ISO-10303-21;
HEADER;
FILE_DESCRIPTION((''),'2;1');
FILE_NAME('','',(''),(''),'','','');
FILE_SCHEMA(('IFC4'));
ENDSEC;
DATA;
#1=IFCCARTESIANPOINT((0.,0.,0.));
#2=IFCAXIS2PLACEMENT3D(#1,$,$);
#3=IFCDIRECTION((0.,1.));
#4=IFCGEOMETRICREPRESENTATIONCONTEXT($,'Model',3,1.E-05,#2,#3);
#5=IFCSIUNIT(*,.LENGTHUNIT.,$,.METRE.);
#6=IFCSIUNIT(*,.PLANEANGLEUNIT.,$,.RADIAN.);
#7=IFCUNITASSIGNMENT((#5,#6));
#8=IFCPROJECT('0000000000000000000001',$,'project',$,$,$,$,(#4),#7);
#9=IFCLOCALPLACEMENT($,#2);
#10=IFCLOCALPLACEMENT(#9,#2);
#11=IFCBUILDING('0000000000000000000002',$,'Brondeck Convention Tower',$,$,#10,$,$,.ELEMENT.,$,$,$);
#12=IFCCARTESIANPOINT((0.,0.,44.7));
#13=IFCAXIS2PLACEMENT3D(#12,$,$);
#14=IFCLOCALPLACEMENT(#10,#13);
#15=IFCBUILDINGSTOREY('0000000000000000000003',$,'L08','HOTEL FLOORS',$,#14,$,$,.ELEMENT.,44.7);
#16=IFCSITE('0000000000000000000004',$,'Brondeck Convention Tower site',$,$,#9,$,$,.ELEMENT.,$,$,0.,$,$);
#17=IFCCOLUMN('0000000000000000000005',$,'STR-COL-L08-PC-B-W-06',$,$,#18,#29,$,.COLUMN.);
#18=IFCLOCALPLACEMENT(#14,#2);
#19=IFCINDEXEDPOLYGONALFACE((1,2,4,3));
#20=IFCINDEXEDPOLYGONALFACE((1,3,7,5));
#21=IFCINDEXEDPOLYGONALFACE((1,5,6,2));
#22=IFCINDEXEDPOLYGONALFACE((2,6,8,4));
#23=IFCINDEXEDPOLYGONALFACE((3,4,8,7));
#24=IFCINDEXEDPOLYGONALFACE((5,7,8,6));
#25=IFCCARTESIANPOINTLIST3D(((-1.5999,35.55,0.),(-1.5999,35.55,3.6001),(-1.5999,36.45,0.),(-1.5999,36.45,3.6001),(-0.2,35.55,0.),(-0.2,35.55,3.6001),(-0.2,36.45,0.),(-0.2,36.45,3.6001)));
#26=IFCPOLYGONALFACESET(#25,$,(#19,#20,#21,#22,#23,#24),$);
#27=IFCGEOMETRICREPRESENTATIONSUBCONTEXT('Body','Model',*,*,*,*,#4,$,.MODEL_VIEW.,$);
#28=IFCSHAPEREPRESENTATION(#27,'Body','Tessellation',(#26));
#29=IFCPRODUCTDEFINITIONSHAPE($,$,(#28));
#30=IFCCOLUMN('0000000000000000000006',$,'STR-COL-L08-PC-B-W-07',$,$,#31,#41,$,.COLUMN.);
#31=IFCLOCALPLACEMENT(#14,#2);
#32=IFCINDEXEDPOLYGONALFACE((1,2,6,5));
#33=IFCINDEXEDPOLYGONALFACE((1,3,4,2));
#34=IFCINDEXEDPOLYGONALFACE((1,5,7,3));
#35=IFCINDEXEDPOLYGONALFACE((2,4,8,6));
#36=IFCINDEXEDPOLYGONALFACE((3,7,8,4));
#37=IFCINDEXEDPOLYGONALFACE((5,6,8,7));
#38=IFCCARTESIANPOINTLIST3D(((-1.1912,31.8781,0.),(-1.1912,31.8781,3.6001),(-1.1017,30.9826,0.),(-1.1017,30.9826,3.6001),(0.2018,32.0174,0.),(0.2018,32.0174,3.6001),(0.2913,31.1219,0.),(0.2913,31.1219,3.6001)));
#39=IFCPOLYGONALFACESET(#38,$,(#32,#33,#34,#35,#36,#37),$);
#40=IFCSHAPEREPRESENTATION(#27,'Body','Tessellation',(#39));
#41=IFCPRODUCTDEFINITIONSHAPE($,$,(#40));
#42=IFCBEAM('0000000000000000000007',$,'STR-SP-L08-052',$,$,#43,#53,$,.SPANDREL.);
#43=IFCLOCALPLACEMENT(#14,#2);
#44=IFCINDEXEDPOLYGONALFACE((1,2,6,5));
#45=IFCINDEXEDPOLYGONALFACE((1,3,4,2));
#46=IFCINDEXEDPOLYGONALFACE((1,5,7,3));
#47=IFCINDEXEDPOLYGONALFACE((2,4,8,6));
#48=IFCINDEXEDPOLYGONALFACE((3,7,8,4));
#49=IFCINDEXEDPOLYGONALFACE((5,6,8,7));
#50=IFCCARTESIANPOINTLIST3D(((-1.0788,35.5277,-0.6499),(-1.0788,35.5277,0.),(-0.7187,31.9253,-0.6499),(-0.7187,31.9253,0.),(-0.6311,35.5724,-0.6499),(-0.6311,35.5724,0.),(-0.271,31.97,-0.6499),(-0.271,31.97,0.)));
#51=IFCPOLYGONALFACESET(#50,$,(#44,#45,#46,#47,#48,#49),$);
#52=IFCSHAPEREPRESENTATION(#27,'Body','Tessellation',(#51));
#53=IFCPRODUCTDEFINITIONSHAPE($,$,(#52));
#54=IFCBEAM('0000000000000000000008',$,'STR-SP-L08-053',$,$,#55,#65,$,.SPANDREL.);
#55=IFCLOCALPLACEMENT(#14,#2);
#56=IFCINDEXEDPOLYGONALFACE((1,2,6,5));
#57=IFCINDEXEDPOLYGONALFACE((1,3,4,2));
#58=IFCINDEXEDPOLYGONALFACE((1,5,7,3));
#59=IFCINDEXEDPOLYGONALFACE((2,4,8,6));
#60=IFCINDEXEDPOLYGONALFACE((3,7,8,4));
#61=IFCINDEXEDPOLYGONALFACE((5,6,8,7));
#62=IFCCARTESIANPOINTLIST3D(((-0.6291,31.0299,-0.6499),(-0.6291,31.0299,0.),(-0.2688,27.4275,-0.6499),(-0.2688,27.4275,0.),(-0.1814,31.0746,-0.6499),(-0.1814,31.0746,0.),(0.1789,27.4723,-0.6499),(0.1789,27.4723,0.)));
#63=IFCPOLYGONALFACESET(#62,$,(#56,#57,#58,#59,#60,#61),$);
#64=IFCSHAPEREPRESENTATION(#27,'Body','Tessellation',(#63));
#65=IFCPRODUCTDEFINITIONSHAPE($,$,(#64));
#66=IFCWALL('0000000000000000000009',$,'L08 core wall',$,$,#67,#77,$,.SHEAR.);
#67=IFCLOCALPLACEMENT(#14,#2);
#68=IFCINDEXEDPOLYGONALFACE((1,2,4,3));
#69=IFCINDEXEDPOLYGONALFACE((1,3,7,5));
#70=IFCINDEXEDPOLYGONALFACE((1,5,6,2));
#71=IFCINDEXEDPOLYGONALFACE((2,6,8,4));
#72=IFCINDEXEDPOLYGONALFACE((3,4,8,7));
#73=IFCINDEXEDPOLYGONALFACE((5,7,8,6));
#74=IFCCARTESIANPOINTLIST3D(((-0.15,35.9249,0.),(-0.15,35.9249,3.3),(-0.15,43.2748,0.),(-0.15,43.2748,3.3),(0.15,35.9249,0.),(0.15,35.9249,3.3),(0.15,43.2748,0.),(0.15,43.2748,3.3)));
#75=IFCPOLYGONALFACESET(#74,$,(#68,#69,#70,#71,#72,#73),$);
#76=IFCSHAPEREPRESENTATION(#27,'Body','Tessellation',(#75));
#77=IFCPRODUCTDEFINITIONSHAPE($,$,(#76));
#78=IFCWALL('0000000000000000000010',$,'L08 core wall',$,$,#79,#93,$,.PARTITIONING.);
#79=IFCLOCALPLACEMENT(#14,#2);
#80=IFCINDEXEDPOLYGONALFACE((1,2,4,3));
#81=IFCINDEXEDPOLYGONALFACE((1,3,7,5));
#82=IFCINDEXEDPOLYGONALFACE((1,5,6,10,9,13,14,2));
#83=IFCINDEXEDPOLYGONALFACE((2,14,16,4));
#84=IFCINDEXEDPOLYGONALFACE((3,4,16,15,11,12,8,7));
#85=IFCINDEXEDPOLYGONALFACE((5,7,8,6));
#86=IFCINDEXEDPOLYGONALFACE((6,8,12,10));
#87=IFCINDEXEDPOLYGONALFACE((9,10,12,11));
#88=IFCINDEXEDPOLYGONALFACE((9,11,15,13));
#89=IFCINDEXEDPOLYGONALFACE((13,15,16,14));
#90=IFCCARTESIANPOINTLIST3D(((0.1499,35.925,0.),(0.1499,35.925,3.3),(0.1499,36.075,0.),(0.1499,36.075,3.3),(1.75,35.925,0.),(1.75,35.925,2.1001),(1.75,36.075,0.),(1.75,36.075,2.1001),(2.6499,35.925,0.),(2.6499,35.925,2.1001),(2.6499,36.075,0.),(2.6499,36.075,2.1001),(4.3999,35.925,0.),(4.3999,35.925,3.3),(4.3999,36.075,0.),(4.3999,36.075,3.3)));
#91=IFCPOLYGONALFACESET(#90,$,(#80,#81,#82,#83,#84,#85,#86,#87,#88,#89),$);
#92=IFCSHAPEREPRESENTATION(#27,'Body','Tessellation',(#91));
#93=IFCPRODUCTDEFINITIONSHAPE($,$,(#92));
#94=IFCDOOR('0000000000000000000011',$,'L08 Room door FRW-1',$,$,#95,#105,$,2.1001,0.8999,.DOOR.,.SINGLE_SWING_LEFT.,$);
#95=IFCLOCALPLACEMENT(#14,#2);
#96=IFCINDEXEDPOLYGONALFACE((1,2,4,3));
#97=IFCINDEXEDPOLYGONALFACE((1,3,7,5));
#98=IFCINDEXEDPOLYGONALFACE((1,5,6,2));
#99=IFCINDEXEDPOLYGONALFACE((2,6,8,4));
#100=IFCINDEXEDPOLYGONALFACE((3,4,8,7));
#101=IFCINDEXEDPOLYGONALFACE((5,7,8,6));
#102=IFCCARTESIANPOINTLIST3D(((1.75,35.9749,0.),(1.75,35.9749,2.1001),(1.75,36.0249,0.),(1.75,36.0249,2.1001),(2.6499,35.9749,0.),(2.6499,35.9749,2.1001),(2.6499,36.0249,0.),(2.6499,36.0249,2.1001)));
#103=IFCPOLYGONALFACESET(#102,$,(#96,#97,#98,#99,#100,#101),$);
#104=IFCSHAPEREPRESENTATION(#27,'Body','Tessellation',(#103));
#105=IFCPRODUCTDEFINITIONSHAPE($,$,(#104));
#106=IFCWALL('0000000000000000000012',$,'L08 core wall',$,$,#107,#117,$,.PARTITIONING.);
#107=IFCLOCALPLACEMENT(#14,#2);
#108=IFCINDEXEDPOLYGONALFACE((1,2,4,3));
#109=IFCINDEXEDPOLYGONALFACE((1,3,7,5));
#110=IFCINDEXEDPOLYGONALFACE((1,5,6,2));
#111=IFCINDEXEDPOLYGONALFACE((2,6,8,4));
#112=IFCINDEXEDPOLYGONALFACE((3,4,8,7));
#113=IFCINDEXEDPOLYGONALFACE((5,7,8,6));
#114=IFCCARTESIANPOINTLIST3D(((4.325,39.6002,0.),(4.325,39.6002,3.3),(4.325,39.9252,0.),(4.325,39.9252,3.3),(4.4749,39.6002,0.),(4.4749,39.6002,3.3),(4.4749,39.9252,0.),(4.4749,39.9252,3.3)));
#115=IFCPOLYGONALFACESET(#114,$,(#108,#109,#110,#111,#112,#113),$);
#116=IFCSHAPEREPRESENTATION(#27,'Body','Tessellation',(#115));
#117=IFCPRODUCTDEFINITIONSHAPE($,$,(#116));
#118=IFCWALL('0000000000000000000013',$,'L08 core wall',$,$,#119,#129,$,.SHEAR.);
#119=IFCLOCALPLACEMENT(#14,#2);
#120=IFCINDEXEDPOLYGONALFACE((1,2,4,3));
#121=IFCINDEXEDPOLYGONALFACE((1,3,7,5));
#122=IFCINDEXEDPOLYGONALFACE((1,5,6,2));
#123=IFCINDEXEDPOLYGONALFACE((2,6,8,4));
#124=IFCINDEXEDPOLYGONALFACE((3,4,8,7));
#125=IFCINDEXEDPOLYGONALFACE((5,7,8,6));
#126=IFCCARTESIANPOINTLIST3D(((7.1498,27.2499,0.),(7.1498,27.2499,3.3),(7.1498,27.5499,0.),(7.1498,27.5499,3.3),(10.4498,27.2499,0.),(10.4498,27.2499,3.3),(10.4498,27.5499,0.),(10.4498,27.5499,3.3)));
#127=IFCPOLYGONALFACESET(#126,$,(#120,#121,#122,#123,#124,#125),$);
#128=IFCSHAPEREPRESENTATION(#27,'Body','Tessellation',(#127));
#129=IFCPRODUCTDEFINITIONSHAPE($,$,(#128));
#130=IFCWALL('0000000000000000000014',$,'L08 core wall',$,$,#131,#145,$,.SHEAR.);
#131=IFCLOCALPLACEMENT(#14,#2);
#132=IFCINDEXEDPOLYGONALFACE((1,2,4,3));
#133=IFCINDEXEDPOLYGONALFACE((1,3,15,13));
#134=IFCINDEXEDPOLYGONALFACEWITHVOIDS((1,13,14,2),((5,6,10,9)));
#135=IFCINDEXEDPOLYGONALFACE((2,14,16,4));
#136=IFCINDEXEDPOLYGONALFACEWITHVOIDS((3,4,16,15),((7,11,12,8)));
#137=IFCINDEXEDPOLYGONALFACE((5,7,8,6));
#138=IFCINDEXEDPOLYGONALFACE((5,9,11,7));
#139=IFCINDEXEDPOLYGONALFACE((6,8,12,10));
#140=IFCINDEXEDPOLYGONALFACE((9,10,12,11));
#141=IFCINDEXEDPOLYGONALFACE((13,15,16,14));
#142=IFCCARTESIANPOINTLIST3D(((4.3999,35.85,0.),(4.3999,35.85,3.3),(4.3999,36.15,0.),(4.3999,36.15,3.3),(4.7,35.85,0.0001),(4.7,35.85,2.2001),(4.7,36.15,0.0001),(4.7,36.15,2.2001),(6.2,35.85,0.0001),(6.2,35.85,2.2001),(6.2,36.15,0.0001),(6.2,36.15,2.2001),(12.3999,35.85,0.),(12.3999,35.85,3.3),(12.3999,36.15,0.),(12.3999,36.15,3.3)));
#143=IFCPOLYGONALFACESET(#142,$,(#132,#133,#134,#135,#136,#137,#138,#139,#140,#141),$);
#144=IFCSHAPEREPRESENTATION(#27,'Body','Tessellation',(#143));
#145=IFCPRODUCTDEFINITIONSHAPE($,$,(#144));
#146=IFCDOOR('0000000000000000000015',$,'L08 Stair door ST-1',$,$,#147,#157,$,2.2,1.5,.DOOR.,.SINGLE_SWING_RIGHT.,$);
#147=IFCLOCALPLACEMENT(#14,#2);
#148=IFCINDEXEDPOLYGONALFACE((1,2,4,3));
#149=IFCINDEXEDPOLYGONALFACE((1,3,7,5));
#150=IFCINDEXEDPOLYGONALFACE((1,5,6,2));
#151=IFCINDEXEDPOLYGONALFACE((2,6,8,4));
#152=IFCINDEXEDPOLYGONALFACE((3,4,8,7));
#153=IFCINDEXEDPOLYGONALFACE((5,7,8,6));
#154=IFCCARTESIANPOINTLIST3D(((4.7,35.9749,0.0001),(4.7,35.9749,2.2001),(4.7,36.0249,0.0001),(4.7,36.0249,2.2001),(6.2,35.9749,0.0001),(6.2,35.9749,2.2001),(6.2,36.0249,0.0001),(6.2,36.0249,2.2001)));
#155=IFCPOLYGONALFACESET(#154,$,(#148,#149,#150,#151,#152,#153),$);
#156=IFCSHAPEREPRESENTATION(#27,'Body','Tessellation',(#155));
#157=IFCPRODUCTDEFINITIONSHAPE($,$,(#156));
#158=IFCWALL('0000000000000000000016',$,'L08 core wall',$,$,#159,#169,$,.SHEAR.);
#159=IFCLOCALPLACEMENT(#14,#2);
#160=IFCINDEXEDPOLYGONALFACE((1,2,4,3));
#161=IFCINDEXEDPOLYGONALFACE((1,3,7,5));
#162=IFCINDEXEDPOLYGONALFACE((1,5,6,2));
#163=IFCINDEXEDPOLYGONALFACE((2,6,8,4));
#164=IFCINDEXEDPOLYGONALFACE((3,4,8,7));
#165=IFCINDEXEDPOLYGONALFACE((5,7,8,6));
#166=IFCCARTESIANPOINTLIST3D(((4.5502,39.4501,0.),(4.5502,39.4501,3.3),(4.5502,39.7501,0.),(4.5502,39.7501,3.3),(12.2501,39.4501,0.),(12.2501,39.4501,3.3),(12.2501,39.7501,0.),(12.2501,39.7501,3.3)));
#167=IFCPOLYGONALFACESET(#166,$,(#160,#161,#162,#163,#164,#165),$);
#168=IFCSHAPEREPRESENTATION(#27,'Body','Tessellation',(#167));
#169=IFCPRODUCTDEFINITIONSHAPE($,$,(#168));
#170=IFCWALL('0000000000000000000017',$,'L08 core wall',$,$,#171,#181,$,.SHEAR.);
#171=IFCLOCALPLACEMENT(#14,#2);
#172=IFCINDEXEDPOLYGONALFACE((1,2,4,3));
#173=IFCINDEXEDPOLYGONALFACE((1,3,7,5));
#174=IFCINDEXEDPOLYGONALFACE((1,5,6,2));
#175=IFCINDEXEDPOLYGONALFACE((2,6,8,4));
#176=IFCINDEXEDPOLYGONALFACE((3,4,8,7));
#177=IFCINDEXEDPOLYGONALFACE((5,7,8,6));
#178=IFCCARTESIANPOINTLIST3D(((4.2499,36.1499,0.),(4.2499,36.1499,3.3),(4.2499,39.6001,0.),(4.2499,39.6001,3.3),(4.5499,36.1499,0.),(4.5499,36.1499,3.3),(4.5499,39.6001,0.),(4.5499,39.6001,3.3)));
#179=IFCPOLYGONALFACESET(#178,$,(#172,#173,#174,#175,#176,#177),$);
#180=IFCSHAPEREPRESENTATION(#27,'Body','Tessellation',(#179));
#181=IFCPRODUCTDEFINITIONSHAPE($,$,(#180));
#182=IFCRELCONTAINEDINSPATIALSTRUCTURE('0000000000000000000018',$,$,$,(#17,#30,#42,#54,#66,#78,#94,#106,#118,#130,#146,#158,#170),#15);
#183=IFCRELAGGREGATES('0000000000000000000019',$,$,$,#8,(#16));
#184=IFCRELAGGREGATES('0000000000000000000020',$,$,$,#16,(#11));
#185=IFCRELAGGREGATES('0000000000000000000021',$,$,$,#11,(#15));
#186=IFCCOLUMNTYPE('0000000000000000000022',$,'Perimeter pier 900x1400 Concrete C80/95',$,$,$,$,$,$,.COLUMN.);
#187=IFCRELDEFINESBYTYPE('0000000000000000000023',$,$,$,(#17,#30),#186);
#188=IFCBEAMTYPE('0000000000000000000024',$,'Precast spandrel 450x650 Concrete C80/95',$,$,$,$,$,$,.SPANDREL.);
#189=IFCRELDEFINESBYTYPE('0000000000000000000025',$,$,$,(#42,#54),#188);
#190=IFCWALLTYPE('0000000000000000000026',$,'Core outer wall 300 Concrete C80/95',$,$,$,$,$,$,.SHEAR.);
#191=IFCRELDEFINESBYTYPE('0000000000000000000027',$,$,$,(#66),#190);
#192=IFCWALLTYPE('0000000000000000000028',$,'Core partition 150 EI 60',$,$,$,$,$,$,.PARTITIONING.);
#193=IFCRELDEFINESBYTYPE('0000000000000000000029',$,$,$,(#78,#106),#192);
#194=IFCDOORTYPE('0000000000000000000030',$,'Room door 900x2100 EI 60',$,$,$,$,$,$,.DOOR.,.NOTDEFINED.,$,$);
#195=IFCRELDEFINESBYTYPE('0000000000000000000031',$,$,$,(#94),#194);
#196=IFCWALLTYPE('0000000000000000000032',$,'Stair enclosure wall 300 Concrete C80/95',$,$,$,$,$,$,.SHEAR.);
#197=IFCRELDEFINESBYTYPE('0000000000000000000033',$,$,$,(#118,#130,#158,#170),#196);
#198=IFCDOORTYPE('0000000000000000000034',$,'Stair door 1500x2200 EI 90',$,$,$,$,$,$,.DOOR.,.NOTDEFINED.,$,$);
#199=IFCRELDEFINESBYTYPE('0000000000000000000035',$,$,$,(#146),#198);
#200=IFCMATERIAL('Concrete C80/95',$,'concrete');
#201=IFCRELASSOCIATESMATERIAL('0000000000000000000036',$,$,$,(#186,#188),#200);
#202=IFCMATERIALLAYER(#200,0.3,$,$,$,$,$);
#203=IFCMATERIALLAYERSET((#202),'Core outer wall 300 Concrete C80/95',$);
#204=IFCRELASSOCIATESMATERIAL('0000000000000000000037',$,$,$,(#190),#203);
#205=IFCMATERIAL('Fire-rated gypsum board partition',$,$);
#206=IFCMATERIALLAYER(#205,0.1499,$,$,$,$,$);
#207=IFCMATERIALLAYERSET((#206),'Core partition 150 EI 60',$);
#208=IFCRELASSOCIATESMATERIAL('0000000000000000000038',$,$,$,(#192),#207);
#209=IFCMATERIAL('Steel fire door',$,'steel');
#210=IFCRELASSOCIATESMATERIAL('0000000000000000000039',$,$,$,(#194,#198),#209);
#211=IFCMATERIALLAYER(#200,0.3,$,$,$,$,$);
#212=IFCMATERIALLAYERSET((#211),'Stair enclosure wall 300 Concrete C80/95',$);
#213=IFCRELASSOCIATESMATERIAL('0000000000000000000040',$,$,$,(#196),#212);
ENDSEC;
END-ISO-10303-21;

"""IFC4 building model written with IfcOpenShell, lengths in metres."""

from ifc_helpers import new_model, si_unit, direction, frame, frame_2d, origin, origin_2d, place, context, subcontext, project, spatial, rectangle, extrude, material, layer, layer_set, material_profile, profile_set, type_object, element, fill, save


model = new_model("IFC4")

# Units and contexts
model_context = context("Model", 3, precision=1e-05, world=origin(), true_north=direction((0.0, 1.0)))
body_context = subcontext(model_context, "Body", "Model", "MODEL_VIEW")
ifc_project = project(units=[si_unit("LENGTHUNIT", "METRE"), si_unit("PLANEANGLEUNIT", "RADIAN")], contexts=[model_context])

# Site, building, storey
site_placement = place(None, origin())
site = spatial("IfcSite", under=ifc_project, at=site_placement, Name="Brondeck Convention Tower site", CompositionType="ELEMENT", RefElevation=0.0)
building_placement = place(site_placement, origin())
building = spatial("IfcBuilding", under=site, at=building_placement, Name="Brondeck Convention Tower", CompositionType="ELEMENT")
storey_placement = place(building_placement, frame((0.0, 0.0, 44.7)))
storey = spatial("IfcBuildingStorey", under=building, at=storey_placement, Name="L08", Description="HOTEL FLOORS", CompositionType="ELEMENT", Elevation=44.7)

# Columns
ifc_material_1 = material(Name="Concrete C80/95", Category="concrete")
ifc_material_profile_1 = material_profile(ifc_material_1, rectangle(XDim=0.8999, YDim=1.3999, at=origin_2d()), Name="Perimeter pier 900x1400 Concrete C80/95")
ifc_profile_set_1 = profile_set([ifc_material_profile_1], Name="Concrete C80/95")
column_type = type_object("IfcColumnType", Name="Perimeter pier 900x1400 Concrete C80/95", PredefinedType="COLUMN", material=ifc_profile_set_1)
for number, where, z_axis, x_axis, name in (
    (1, (-0.8999, 36.0, 0.0), (0.0, 0.0, 1.0), (0.0, -1.0, 0.0), "STR-COL-L08-PC-B-W-06"),
    (2, (-0.45, 31.5, 0.0), (0.0, 0.0, 1.0), (0.099504, -0.995037, 0.0), "STR-COL-L08-PC-B-W-07"),
):
    element("IfcColumn", number, at=place(storey_placement, frame(where, z_axis=z_axis, x_axis=x_axis)), inside=storey, type_object=column_type, Name=name, PredefinedType="COLUMN", context=body_context, shape_type="SweptSolid", body=[
        extrude(rectangle(XDim=0.8999, YDim=1.3999, at=origin_2d()), origin(), (0.0, 0.0, 1.0), 3.6001),
    ])

# Beams
ifc_material_profile_2 = material_profile(ifc_material_1, rectangle(XDim=0.45, YDim=0.6499, at=origin_2d()), Name="Precast spandrel 450x650 Concrete C80/95")
ifc_profile_set_2 = profile_set([ifc_material_profile_2], Name="Concrete C80/95")
beam_type = type_object("IfcBeamType", Name="Precast spandrel 450x650 Concrete C80/95", PredefinedType="SPANDREL", material=ifc_profile_set_2)
for number, where, z_axis, x_axis, name in (
    (3, (-0.855, 35.55, -0.325), (0.09947, -0.995041, 0.0), (0.995041, 0.09947, 0.0), "STR-SP-L08-052"),
    (4, (-0.4053, 31.0522, -0.325), (0.099537, -0.995034, 0.0), (0.995034, 0.099537, 0.0), "STR-SP-L08-053"),
):
    element("IfcBeam", number, at=place(storey_placement, frame(where, z_axis=z_axis, x_axis=x_axis)), inside=storey, type_object=beam_type, Name=name, PredefinedType="SPANDREL", context=body_context, shape_type="SweptSolid", body=[
        extrude(rectangle(XDim=0.45, YDim=0.6499, at=origin_2d()), origin(), (0.0, 0.0, 1.0), 3.6204),
    ])

# Wall
ifc_layer_1 = layer(ifc_material_1, 0.3)
ifc_layer_set_1 = layer_set([ifc_layer_1], Name="Core outer wall 300 Concrete C80/95")
wall_type_1 = type_object("IfcWallType", Name="Core outer wall 300 Concrete C80/95", PredefinedType="SHEAR", material=ifc_layer_set_1)
wall_1_placement = place(storey_placement, frame((0.0, 35.925, 0.0), z_axis=(0.0, 0.0, 1.0), x_axis=(0.0, 1.0, 0.0)))
element("IfcWall", 5, at=wall_1_placement, inside=storey, type_object=wall_type_1, Name="L08 core wall", PredefinedType="SHEAR", context=body_context, shape_type="SweptSolid", body=[
    extrude(rectangle(XDim=7.3499, YDim=0.3, at=frame_2d((3.6748, 0.0))), origin(), (0.0, 0.0, 1.0), 3.3),
])

# Wall, opening, door
ifc_material_2 = material(Name="Fire-rated gypsum board partition")
ifc_layer_2 = layer(ifc_material_2, 0.1499)
ifc_layer_set_2 = layer_set([ifc_layer_2], Name="Core partition 150 EI 60")
wall_type_2 = type_object("IfcWallType", Name="Core partition 150 EI 60", PredefinedType="PARTITIONING", material=ifc_layer_set_2)
wall_2_placement = place(storey_placement, frame((0.1499, 36.0, 0.0), z_axis=(0.0, 0.0, 1.0), x_axis=(1.0, 0.0, 0.0)))
wall_2 = element("IfcWall", 6, at=wall_2_placement, inside=storey, type_object=wall_type_2, Name="L08 core wall", PredefinedType="PARTITIONING", context=body_context, shape_type="SweptSolid", body=[
    extrude(rectangle(XDim=4.25, YDim=0.1499, at=frame_2d((2.125, 0.0))), origin(), (0.0, 0.0, 1.0), 3.3),
])
opening_1_placement = place(wall_2_placement, frame((1.6001, 0.0, 0.0)))
opening_1 = element("IfcOpeningElement", 7, at=opening_1_placement, cuts=wall_2, PredefinedType="OPENING", context=body_context, shape_type="SweptSolid", body=[
    extrude(rectangle(XDim=0.8999, YDim=2.1001, at=frame_2d((0.45, 1.05))), frame((0.0, 0.085, 0.0), z_axis=(0.0, -1.0, 0.0), x_axis=(1.0, 0.0, 0.0)), (0.0, 0.0, 1.0), 0.1699),
])
ifc_material_3 = material(Name="Steel fire door", Category="steel")
door_type_1 = type_object("IfcDoorType", Name="Room door 900x2100 EI 60", OperationType="NOTDEFINED", PredefinedType="DOOR", material=ifc_material_3)
door_1_placement = place(opening_1_placement, origin())
door_1 = element("IfcDoor", 8, at=door_1_placement, inside=storey, type_object=door_type_1, Name="L08 Room door FRW-1", OperationType="SINGLE_SWING_LEFT", OverallHeight=2.1001, OverallWidth=0.8999, PredefinedType="DOOR", context=body_context, shape_type="SweptSolid", body=[
    extrude(rectangle(XDim=0.8999, YDim=2.1001, at=frame_2d((0.45, 1.05))), frame((0.0, 0.0249, 0.0), z_axis=(0.0, -1.0, 0.0), x_axis=(1.0, 0.0, 0.0)), (0.0, 0.0, 1.0), 0.05),
])
fill(opening_1, door_1)

# Walls
wall_3_placement = place(storey_placement, frame((4.3999, 39.6001, 0.0), z_axis=(0.0, 0.0, 1.0), x_axis=(0.0, 1.0, 0.0)))
element("IfcWall", 9, at=wall_3_placement, inside=storey, type_object=wall_type_2, Name="L08 core wall", PredefinedType="PARTITIONING", context=body_context, shape_type="SweptSolid", body=[
    extrude(rectangle(XDim=0.325, YDim=0.1499, at=frame_2d((0.1626, 0.0))), origin(), (0.0, 0.0, 1.0), 3.3),
])
ifc_layer_3 = layer(ifc_material_1, 0.3)
ifc_layer_set_3 = layer_set([ifc_layer_3], Name="Stair enclosure wall 300 Concrete C80/95")
wall_type_3 = type_object("IfcWallType", Name="Stair enclosure wall 300 Concrete C80/95", PredefinedType="SHEAR", material=ifc_layer_set_3)
wall_4_placement = place(storey_placement, frame((7.1499, 27.3999, 0.0), z_axis=(0.0, 0.0, 1.0), x_axis=(1.0, 0.0, 0.0)))
element("IfcWall", 10, at=wall_4_placement, inside=storey, type_object=wall_type_3, Name="L08 core wall", PredefinedType="SHEAR", context=body_context, shape_type="SweptSolid", body=[
    extrude(rectangle(XDim=3.3, YDim=0.3, at=frame_2d((1.6499, 0.0))), origin(), (0.0, 0.0, 1.0), 3.3),
])

# Wall, opening, door
wall_5_placement = place(storey_placement, frame((4.3999, 36.0, 0.0), z_axis=(0.0, 0.0, 1.0), x_axis=(1.0, 0.0, 0.0)))
wall_5 = element("IfcWall", 11, at=wall_5_placement, inside=storey, type_object=wall_type_3, Name="L08 core wall", PredefinedType="SHEAR", context=body_context, shape_type="SweptSolid", body=[
    extrude(rectangle(XDim=8.0, YDim=0.3, at=frame_2d((4.0, 0.0))), origin(), (0.0, 0.0, 1.0), 3.3),
])
opening_2_placement = place(wall_5_placement, frame((0.3, 0.0, 0.0)))
opening_2 = element("IfcOpeningElement", 12, at=opening_2_placement, cuts=wall_5, PredefinedType="OPENING", context=body_context, shape_type="SweptSolid", body=[
    extrude(rectangle(XDim=1.5, YDim=2.2, at=frame_2d((0.75, 1.1001))), frame((0.0, 0.1599, 0.0), z_axis=(0.0, -1.0, 0.0), x_axis=(1.0, 0.0, 0.0)), (0.0, 0.0, 1.0), 0.3201),
])
door_type_2 = type_object("IfcDoorType", Name="Stair door 1500x2200 EI 90", OperationType="NOTDEFINED", PredefinedType="DOOR", material=ifc_material_3)
door_2_placement = place(opening_2_placement, origin())
door_2 = element("IfcDoor", 13, at=door_2_placement, inside=storey, type_object=door_type_2, Name="L08 Stair door ST-1", OperationType="SINGLE_SWING_RIGHT", OverallHeight=2.2, OverallWidth=1.5, PredefinedType="DOOR", context=body_context, shape_type="SweptSolid", body=[
    extrude(rectangle(XDim=1.5, YDim=2.2, at=frame_2d((0.75, 1.1001))), frame((0.0, 0.0249, 0.0), z_axis=(0.0, -1.0, 0.0), x_axis=(1.0, 0.0, 0.0)), (0.0, 0.0, 1.0), 0.05),
])
fill(opening_2, door_2)

# Walls
wall_6_placement = place(storey_placement, frame((4.55, 39.6001, 0.0), z_axis=(0.0, 0.0, 1.0), x_axis=(1.0, 0.0, 0.0)))
element("IfcWall", 14, at=wall_6_placement, inside=storey, type_object=wall_type_3, Name="L08 core wall", PredefinedType="SHEAR", context=body_context, shape_type="SweptSolid", body=[
    extrude(rectangle(XDim=7.7, YDim=0.3, at=frame_2d((3.8501, 0.0))), origin(), (0.0, 0.0, 1.0), 3.3),
])
wall_7_placement = place(storey_placement, frame((4.3999, 36.1499, 0.0), z_axis=(0.0, 0.0, 1.0), x_axis=(0.0, 1.0, 0.0)))
element("IfcWall", 15, at=wall_7_placement, inside=storey, type_object=wall_type_3, Name="L08 core wall", PredefinedType="SHEAR", context=body_context, shape_type="SweptSolid", body=[
    extrude(rectangle(XDim=3.4502, YDim=0.3, at=frame_2d((1.7251, 0.0))), origin(), (0.0, 0.0, 1.0), 3.3),
])

save(model, "model.ifc")
